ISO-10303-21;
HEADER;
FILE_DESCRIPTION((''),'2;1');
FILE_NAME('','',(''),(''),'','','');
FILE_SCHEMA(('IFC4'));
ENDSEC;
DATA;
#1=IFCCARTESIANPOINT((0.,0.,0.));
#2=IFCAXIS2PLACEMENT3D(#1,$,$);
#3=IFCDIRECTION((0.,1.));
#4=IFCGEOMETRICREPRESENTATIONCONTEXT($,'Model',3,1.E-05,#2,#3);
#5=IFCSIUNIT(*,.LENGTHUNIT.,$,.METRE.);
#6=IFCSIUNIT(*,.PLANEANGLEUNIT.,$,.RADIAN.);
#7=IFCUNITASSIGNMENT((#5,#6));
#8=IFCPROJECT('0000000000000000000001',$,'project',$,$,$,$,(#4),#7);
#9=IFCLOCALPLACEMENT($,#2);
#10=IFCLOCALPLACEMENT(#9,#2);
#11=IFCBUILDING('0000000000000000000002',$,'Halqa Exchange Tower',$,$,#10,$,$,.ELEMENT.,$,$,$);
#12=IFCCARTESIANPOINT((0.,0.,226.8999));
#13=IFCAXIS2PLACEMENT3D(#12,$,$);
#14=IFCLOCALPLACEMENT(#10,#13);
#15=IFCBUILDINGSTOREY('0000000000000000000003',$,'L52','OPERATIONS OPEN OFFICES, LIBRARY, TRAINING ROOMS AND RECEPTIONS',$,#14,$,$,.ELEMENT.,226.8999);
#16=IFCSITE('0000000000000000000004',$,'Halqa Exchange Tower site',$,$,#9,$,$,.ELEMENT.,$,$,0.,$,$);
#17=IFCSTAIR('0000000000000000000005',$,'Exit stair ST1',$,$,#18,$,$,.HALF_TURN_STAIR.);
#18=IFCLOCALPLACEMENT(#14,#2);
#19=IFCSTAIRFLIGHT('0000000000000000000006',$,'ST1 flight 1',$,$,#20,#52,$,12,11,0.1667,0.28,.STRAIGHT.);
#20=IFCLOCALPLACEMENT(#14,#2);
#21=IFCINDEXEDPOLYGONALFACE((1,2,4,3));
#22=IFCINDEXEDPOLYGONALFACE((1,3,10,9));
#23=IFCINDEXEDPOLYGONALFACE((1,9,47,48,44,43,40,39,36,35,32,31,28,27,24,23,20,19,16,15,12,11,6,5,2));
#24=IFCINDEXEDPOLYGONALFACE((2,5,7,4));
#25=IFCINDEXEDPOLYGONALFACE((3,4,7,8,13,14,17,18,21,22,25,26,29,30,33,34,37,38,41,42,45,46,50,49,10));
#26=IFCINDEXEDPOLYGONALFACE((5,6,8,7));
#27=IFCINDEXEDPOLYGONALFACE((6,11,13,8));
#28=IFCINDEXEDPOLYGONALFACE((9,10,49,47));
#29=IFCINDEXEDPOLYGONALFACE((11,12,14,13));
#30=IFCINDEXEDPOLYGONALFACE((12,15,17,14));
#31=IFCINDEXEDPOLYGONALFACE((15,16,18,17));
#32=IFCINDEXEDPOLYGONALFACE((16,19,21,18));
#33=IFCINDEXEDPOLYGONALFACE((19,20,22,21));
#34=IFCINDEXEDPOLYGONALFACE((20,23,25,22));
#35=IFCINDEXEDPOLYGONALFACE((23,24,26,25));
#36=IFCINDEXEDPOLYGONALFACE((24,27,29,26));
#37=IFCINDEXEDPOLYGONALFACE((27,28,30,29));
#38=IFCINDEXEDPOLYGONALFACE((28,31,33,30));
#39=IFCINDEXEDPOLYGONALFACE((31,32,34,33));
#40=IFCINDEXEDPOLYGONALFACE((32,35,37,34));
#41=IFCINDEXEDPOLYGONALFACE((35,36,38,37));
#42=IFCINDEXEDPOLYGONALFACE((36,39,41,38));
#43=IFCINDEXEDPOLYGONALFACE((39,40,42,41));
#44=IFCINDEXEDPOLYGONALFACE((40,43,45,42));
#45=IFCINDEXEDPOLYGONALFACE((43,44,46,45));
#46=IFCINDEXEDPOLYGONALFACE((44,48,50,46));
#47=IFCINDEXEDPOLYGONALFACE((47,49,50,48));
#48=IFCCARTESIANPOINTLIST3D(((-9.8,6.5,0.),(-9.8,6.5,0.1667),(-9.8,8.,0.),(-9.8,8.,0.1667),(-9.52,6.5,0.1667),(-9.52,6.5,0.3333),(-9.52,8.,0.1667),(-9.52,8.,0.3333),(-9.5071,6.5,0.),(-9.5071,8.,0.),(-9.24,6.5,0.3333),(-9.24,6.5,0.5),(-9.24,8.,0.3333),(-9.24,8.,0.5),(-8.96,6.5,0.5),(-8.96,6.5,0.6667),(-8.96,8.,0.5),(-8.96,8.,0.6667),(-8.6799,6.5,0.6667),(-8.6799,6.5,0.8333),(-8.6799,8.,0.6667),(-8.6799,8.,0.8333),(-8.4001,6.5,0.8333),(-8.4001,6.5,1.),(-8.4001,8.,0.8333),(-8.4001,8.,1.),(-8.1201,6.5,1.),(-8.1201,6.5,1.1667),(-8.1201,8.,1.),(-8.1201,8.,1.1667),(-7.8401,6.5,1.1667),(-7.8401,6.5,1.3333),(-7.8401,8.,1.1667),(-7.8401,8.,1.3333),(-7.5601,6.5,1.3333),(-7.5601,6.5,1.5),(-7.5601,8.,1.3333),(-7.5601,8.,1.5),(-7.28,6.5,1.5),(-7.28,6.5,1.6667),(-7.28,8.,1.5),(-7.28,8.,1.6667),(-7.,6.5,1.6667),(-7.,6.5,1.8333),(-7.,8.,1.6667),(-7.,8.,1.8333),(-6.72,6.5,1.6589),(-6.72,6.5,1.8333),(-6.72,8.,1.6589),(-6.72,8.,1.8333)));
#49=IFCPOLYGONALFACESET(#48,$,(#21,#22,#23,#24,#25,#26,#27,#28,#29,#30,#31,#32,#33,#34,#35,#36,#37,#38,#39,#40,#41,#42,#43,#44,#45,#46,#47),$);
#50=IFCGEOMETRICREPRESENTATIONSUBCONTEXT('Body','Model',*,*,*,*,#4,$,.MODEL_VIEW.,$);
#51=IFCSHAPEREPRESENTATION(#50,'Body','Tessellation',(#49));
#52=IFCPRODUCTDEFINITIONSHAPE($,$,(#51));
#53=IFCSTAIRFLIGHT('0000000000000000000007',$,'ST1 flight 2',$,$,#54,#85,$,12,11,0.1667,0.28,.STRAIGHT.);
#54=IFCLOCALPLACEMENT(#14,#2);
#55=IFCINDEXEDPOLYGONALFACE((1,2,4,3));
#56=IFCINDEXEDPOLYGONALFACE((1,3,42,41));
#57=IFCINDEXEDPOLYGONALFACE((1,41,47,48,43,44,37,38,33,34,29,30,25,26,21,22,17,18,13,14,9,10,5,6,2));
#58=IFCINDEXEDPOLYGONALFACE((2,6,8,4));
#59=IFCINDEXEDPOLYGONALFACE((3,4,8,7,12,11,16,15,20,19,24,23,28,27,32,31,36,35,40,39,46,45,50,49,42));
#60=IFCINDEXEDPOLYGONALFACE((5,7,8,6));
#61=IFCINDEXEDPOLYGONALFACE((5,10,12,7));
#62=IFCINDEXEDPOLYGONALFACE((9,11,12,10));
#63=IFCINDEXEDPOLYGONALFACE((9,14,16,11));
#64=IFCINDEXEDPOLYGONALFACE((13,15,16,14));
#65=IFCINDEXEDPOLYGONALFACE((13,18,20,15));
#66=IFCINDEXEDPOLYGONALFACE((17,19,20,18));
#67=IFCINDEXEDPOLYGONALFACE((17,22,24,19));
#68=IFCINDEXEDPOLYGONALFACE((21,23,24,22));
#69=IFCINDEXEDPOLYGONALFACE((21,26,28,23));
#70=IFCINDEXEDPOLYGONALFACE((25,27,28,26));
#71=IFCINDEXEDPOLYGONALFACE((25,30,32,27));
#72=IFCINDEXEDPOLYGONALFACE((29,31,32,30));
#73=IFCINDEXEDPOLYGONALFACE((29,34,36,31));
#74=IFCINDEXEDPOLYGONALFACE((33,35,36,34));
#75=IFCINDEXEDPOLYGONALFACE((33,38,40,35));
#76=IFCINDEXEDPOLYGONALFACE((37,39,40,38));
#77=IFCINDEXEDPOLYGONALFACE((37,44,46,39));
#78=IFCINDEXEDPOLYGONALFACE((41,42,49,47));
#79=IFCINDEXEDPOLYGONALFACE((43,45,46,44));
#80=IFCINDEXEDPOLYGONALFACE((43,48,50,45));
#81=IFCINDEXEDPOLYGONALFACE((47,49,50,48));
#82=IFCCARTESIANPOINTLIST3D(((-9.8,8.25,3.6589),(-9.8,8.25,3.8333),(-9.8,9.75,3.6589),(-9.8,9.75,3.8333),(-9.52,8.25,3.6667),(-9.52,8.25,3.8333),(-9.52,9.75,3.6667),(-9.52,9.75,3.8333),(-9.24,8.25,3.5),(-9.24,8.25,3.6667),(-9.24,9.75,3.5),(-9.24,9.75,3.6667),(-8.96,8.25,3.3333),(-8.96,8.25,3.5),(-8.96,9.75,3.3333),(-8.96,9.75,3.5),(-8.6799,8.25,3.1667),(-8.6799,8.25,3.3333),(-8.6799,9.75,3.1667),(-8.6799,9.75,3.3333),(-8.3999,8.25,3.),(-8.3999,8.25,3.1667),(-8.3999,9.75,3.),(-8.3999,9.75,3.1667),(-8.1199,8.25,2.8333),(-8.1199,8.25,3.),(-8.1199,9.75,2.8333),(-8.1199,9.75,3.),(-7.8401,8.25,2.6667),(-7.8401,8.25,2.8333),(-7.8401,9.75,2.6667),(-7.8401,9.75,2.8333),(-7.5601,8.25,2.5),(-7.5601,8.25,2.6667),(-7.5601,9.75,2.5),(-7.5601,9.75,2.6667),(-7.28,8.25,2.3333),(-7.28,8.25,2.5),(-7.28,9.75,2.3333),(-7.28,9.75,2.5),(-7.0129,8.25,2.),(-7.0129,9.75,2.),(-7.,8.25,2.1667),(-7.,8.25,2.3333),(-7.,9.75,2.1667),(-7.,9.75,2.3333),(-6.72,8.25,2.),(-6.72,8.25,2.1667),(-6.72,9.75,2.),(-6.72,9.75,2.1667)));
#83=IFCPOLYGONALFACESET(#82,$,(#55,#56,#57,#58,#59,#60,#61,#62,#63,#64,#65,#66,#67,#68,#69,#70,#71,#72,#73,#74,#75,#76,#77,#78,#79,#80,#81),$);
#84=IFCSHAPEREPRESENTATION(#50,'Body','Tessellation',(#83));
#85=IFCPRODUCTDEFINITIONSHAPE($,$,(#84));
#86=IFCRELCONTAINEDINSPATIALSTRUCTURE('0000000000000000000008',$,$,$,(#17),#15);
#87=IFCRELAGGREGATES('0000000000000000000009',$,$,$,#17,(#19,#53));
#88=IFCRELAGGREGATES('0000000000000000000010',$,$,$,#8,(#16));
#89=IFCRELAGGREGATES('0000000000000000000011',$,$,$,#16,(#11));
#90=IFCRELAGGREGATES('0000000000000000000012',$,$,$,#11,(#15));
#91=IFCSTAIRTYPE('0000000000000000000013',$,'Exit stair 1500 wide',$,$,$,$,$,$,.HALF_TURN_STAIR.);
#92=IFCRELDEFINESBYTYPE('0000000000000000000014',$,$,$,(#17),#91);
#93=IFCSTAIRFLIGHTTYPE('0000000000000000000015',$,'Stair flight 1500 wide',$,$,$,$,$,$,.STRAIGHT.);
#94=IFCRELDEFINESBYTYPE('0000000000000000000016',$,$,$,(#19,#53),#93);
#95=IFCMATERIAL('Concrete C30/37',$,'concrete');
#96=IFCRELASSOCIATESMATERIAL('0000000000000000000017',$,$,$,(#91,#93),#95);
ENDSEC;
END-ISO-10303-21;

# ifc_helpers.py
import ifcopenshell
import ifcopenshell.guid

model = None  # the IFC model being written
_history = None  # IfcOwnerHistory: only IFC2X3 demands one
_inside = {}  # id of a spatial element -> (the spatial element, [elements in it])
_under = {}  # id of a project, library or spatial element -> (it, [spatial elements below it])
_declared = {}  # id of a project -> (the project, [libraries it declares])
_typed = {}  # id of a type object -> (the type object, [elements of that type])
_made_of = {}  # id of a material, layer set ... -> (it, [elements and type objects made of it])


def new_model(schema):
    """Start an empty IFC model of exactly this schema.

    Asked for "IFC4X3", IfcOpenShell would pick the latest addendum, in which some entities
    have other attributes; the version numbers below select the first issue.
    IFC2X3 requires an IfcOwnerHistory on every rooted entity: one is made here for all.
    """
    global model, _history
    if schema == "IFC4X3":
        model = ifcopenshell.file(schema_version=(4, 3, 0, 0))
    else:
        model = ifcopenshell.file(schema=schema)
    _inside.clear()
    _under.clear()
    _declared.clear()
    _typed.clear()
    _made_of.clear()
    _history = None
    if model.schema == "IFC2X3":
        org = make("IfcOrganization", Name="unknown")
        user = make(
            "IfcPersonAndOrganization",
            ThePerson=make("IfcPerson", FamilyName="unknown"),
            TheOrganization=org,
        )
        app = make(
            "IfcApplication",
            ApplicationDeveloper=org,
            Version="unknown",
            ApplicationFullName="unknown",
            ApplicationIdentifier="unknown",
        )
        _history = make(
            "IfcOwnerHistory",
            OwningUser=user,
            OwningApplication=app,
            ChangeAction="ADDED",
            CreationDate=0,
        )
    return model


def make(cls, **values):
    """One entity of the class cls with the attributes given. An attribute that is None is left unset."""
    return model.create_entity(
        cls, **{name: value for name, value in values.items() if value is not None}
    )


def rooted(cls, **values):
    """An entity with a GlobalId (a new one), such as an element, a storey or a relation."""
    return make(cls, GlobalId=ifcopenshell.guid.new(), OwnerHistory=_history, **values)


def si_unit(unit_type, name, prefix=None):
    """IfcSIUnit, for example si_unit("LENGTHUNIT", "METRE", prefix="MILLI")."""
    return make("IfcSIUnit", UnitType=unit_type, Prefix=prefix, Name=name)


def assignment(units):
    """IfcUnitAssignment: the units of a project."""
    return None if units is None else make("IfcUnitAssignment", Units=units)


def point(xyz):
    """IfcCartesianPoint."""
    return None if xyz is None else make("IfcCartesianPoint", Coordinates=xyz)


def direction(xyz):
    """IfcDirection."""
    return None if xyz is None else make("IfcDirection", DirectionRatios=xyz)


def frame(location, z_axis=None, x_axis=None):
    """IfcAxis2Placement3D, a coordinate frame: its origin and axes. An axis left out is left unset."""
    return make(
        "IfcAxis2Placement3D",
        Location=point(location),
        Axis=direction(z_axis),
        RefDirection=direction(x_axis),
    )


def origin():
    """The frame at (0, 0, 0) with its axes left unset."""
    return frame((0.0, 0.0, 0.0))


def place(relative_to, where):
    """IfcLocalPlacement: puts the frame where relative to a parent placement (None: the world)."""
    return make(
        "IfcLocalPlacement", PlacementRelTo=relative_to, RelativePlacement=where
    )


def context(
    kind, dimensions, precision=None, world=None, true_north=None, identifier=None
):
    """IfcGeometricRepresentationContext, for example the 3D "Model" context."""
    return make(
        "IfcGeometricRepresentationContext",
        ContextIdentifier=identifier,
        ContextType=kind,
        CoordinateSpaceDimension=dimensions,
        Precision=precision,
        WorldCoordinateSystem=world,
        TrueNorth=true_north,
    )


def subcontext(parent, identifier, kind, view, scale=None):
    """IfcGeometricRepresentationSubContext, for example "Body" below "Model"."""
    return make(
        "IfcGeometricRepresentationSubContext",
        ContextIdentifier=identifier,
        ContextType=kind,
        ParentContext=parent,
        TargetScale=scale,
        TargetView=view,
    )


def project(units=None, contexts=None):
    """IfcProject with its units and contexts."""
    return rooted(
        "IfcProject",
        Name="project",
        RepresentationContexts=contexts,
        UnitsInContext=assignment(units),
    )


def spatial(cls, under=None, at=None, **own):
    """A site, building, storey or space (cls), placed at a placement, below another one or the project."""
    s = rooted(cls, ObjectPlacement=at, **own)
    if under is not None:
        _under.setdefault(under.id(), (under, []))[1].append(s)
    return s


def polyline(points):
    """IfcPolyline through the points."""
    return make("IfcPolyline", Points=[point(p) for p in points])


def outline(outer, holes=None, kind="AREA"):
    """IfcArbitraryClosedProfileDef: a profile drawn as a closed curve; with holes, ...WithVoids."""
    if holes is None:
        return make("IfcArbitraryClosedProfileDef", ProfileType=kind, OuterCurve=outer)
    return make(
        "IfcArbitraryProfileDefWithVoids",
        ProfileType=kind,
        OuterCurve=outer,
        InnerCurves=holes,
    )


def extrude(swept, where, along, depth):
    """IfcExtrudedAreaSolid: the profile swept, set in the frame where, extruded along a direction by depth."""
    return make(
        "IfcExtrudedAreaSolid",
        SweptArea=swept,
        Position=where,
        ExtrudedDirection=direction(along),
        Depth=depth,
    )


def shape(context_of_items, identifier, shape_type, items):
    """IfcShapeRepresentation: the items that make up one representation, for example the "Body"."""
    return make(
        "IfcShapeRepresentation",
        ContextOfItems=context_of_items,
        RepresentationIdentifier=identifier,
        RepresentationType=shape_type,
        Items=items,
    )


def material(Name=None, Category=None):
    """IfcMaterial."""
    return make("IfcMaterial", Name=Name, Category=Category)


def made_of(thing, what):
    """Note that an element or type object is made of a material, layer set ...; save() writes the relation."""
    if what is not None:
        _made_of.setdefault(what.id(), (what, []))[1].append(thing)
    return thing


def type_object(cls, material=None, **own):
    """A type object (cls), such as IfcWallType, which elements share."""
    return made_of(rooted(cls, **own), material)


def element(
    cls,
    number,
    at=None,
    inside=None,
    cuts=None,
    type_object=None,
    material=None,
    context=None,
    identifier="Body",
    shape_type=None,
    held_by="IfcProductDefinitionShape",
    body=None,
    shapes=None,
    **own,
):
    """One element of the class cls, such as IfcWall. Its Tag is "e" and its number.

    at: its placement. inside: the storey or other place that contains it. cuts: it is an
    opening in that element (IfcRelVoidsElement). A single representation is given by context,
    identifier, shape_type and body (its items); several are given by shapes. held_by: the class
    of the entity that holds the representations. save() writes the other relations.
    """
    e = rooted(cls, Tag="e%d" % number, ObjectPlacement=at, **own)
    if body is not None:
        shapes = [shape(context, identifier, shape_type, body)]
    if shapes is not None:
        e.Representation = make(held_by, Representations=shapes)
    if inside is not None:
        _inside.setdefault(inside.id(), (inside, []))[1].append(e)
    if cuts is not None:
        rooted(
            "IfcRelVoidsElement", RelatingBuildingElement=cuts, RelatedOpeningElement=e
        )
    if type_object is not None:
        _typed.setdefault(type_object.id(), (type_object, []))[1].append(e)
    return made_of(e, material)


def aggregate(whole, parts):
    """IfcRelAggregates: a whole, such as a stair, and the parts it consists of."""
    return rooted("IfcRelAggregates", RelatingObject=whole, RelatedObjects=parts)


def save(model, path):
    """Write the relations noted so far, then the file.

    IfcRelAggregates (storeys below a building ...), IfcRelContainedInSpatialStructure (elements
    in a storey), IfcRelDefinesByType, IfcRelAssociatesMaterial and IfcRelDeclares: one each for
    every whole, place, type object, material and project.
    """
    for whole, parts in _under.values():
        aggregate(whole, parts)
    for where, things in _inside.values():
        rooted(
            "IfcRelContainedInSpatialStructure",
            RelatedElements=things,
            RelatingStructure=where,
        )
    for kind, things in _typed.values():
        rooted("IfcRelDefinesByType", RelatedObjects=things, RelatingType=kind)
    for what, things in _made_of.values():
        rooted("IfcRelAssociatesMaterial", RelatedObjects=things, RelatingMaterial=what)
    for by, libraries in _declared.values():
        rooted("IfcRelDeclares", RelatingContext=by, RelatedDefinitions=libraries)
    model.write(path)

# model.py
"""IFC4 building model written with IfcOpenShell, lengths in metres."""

from ifc_helpers import new_model, si_unit, direction, frame, origin, place, context, subcontext, project, spatial, polyline, outline, extrude, material, type_object, element, aggregate, save


model = new_model("IFC4")

# Units and contexts
model_context = context("Model", 3, precision=1e-05, world=origin(), true_north=direction((0.0, 1.0)))
body_context = subcontext(model_context, "Body", "Model", "MODEL_VIEW")
ifc_project = project(units=[si_unit("LENGTHUNIT", "METRE"), si_unit("PLANEANGLEUNIT", "RADIAN")], contexts=[model_context])

# Site, building, storey
site_placement = place(None, origin())
site = spatial("IfcSite", under=ifc_project, at=site_placement, Name="Halqa Exchange Tower site", CompositionType="ELEMENT", RefElevation=0.0)
building_placement = place(site_placement, origin())
building = spatial("IfcBuilding", under=site, at=building_placement, Name="Halqa Exchange Tower", CompositionType="ELEMENT")
storey_placement = place(building_placement, frame((0.0, 0.0, 226.8999)))
storey = spatial("IfcBuildingStorey", under=building, at=storey_placement, Name="L52", Description="OPERATIONS OPEN OFFICES, LIBRARY, TRAINING ROOMS AND RECEPTIONS", CompositionType="ELEMENT", Elevation=226.8999)

# Shared definitions
ifc_material_1 = material(Name="Concrete C30/37", Category="concrete")

# Stair, stair flights
stair_type = type_object("IfcStairType", Name="Exit stair 1500 wide", PredefinedType="HALF_TURN_STAIR", material=ifc_material_1)
stair_placement = place(storey_placement, origin())
stair = element("IfcStair", 1, at=stair_placement, inside=storey, type_object=stair_type, Name="Exit stair ST1", PredefinedType="HALF_TURN_STAIR")
stair_flight_type = type_object("IfcStairFlightType", Name="Stair flight 1500 wide", PredefinedType="STRAIGHT", material=ifc_material_1)
stair_flight_1_placement = place(storey_placement, frame((-9.8, 7.25, 0.0), z_axis=(0.0, 0.0, 1.0), x_axis=(1.0, 0.0, 0.0)))
stair_flight_1 = element("IfcStairFlight", 2, at=stair_flight_1_placement, type_object=stair_flight_type, Name="ST1 flight 1", NumberOfRisers=12, NumberOfTreads=11, PredefinedType="STRAIGHT", RiserHeight=0.1667, TreadLength=0.28, context=body_context, shape_type="SweptSolid", body=[
    extrude(outline(polyline([(0.0, 0.0), (0.0, 0.1667), (0.28, 0.1667), (0.28, 0.3333), (0.5601, 0.3333), (0.5601, 0.5), (0.8401, 0.5), (0.8401, 0.6667), (1.1201, 0.6667), (1.1201, 0.8333), (1.3999, 0.8333), (1.3999, 1.0), (1.6799, 1.0), (1.6799, 1.1667), (1.96, 1.1667), (1.96, 1.3333), (2.24, 1.3333), (2.24, 1.5), (2.52, 1.5), (2.52, 1.6667), (2.8, 1.6667), (2.8, 1.8333), (3.0801, 1.8333), (3.0801, 2.0), (3.0801, 1.6589), (0.293, 0.0), (0.0, 0.0)])), frame((0.0, 0.75, 0.0), z_axis=(0.0, -1.0, 0.0), x_axis=(1.0, 0.0, 0.0)), (0.0, 0.0, 1.0), 1.5),
])
stair_flight_2_placement = place(storey_placement, frame((-6.72, 9.0, 2.0), z_axis=(0.0, 0.0, 1.0), x_axis=(-1.0, 0.0, 0.0)))
stair_flight_2 = element("IfcStairFlight", 3, at=stair_flight_2_placement, type_object=stair_flight_type, Name="ST1 flight 2", NumberOfRisers=12, NumberOfTreads=11, PredefinedType="STRAIGHT", RiserHeight=0.1667, TreadLength=0.28, context=body_context, shape_type="SweptSolid", body=[
    extrude(outline(polyline([(0.0, 0.0), (0.0, 0.1667), (0.28, 0.1667), (0.28, 0.3333), (0.5601, 0.3333), (0.5601, 0.5), (0.8401, 0.5), (0.8401, 0.6667), (1.1201, 0.6667), (1.1201, 0.8333), (1.3999, 0.8333), (1.3999, 1.0), (1.6799, 1.0), (1.6799, 1.1667), (1.96, 1.1667), (1.96, 1.3333), (2.24, 1.3333), (2.24, 1.5), (2.52, 1.5), (2.52, 1.6667), (2.8, 1.6667), (2.8, 1.8333), (3.0801, 1.8333), (3.0801, 2.0), (3.0801, 1.6589), (0.293, 0.0), (0.0, 0.0)])), frame((0.0, 0.75, 0.0), z_axis=(0.0, -1.0, 0.0), x_axis=(1.0, 0.0, 0.0)), (0.0, 0.0, 1.0), 1.5),
])
aggregate(stair, [stair_flight_1, stair_flight_2])

save(model, "model.ifc")
